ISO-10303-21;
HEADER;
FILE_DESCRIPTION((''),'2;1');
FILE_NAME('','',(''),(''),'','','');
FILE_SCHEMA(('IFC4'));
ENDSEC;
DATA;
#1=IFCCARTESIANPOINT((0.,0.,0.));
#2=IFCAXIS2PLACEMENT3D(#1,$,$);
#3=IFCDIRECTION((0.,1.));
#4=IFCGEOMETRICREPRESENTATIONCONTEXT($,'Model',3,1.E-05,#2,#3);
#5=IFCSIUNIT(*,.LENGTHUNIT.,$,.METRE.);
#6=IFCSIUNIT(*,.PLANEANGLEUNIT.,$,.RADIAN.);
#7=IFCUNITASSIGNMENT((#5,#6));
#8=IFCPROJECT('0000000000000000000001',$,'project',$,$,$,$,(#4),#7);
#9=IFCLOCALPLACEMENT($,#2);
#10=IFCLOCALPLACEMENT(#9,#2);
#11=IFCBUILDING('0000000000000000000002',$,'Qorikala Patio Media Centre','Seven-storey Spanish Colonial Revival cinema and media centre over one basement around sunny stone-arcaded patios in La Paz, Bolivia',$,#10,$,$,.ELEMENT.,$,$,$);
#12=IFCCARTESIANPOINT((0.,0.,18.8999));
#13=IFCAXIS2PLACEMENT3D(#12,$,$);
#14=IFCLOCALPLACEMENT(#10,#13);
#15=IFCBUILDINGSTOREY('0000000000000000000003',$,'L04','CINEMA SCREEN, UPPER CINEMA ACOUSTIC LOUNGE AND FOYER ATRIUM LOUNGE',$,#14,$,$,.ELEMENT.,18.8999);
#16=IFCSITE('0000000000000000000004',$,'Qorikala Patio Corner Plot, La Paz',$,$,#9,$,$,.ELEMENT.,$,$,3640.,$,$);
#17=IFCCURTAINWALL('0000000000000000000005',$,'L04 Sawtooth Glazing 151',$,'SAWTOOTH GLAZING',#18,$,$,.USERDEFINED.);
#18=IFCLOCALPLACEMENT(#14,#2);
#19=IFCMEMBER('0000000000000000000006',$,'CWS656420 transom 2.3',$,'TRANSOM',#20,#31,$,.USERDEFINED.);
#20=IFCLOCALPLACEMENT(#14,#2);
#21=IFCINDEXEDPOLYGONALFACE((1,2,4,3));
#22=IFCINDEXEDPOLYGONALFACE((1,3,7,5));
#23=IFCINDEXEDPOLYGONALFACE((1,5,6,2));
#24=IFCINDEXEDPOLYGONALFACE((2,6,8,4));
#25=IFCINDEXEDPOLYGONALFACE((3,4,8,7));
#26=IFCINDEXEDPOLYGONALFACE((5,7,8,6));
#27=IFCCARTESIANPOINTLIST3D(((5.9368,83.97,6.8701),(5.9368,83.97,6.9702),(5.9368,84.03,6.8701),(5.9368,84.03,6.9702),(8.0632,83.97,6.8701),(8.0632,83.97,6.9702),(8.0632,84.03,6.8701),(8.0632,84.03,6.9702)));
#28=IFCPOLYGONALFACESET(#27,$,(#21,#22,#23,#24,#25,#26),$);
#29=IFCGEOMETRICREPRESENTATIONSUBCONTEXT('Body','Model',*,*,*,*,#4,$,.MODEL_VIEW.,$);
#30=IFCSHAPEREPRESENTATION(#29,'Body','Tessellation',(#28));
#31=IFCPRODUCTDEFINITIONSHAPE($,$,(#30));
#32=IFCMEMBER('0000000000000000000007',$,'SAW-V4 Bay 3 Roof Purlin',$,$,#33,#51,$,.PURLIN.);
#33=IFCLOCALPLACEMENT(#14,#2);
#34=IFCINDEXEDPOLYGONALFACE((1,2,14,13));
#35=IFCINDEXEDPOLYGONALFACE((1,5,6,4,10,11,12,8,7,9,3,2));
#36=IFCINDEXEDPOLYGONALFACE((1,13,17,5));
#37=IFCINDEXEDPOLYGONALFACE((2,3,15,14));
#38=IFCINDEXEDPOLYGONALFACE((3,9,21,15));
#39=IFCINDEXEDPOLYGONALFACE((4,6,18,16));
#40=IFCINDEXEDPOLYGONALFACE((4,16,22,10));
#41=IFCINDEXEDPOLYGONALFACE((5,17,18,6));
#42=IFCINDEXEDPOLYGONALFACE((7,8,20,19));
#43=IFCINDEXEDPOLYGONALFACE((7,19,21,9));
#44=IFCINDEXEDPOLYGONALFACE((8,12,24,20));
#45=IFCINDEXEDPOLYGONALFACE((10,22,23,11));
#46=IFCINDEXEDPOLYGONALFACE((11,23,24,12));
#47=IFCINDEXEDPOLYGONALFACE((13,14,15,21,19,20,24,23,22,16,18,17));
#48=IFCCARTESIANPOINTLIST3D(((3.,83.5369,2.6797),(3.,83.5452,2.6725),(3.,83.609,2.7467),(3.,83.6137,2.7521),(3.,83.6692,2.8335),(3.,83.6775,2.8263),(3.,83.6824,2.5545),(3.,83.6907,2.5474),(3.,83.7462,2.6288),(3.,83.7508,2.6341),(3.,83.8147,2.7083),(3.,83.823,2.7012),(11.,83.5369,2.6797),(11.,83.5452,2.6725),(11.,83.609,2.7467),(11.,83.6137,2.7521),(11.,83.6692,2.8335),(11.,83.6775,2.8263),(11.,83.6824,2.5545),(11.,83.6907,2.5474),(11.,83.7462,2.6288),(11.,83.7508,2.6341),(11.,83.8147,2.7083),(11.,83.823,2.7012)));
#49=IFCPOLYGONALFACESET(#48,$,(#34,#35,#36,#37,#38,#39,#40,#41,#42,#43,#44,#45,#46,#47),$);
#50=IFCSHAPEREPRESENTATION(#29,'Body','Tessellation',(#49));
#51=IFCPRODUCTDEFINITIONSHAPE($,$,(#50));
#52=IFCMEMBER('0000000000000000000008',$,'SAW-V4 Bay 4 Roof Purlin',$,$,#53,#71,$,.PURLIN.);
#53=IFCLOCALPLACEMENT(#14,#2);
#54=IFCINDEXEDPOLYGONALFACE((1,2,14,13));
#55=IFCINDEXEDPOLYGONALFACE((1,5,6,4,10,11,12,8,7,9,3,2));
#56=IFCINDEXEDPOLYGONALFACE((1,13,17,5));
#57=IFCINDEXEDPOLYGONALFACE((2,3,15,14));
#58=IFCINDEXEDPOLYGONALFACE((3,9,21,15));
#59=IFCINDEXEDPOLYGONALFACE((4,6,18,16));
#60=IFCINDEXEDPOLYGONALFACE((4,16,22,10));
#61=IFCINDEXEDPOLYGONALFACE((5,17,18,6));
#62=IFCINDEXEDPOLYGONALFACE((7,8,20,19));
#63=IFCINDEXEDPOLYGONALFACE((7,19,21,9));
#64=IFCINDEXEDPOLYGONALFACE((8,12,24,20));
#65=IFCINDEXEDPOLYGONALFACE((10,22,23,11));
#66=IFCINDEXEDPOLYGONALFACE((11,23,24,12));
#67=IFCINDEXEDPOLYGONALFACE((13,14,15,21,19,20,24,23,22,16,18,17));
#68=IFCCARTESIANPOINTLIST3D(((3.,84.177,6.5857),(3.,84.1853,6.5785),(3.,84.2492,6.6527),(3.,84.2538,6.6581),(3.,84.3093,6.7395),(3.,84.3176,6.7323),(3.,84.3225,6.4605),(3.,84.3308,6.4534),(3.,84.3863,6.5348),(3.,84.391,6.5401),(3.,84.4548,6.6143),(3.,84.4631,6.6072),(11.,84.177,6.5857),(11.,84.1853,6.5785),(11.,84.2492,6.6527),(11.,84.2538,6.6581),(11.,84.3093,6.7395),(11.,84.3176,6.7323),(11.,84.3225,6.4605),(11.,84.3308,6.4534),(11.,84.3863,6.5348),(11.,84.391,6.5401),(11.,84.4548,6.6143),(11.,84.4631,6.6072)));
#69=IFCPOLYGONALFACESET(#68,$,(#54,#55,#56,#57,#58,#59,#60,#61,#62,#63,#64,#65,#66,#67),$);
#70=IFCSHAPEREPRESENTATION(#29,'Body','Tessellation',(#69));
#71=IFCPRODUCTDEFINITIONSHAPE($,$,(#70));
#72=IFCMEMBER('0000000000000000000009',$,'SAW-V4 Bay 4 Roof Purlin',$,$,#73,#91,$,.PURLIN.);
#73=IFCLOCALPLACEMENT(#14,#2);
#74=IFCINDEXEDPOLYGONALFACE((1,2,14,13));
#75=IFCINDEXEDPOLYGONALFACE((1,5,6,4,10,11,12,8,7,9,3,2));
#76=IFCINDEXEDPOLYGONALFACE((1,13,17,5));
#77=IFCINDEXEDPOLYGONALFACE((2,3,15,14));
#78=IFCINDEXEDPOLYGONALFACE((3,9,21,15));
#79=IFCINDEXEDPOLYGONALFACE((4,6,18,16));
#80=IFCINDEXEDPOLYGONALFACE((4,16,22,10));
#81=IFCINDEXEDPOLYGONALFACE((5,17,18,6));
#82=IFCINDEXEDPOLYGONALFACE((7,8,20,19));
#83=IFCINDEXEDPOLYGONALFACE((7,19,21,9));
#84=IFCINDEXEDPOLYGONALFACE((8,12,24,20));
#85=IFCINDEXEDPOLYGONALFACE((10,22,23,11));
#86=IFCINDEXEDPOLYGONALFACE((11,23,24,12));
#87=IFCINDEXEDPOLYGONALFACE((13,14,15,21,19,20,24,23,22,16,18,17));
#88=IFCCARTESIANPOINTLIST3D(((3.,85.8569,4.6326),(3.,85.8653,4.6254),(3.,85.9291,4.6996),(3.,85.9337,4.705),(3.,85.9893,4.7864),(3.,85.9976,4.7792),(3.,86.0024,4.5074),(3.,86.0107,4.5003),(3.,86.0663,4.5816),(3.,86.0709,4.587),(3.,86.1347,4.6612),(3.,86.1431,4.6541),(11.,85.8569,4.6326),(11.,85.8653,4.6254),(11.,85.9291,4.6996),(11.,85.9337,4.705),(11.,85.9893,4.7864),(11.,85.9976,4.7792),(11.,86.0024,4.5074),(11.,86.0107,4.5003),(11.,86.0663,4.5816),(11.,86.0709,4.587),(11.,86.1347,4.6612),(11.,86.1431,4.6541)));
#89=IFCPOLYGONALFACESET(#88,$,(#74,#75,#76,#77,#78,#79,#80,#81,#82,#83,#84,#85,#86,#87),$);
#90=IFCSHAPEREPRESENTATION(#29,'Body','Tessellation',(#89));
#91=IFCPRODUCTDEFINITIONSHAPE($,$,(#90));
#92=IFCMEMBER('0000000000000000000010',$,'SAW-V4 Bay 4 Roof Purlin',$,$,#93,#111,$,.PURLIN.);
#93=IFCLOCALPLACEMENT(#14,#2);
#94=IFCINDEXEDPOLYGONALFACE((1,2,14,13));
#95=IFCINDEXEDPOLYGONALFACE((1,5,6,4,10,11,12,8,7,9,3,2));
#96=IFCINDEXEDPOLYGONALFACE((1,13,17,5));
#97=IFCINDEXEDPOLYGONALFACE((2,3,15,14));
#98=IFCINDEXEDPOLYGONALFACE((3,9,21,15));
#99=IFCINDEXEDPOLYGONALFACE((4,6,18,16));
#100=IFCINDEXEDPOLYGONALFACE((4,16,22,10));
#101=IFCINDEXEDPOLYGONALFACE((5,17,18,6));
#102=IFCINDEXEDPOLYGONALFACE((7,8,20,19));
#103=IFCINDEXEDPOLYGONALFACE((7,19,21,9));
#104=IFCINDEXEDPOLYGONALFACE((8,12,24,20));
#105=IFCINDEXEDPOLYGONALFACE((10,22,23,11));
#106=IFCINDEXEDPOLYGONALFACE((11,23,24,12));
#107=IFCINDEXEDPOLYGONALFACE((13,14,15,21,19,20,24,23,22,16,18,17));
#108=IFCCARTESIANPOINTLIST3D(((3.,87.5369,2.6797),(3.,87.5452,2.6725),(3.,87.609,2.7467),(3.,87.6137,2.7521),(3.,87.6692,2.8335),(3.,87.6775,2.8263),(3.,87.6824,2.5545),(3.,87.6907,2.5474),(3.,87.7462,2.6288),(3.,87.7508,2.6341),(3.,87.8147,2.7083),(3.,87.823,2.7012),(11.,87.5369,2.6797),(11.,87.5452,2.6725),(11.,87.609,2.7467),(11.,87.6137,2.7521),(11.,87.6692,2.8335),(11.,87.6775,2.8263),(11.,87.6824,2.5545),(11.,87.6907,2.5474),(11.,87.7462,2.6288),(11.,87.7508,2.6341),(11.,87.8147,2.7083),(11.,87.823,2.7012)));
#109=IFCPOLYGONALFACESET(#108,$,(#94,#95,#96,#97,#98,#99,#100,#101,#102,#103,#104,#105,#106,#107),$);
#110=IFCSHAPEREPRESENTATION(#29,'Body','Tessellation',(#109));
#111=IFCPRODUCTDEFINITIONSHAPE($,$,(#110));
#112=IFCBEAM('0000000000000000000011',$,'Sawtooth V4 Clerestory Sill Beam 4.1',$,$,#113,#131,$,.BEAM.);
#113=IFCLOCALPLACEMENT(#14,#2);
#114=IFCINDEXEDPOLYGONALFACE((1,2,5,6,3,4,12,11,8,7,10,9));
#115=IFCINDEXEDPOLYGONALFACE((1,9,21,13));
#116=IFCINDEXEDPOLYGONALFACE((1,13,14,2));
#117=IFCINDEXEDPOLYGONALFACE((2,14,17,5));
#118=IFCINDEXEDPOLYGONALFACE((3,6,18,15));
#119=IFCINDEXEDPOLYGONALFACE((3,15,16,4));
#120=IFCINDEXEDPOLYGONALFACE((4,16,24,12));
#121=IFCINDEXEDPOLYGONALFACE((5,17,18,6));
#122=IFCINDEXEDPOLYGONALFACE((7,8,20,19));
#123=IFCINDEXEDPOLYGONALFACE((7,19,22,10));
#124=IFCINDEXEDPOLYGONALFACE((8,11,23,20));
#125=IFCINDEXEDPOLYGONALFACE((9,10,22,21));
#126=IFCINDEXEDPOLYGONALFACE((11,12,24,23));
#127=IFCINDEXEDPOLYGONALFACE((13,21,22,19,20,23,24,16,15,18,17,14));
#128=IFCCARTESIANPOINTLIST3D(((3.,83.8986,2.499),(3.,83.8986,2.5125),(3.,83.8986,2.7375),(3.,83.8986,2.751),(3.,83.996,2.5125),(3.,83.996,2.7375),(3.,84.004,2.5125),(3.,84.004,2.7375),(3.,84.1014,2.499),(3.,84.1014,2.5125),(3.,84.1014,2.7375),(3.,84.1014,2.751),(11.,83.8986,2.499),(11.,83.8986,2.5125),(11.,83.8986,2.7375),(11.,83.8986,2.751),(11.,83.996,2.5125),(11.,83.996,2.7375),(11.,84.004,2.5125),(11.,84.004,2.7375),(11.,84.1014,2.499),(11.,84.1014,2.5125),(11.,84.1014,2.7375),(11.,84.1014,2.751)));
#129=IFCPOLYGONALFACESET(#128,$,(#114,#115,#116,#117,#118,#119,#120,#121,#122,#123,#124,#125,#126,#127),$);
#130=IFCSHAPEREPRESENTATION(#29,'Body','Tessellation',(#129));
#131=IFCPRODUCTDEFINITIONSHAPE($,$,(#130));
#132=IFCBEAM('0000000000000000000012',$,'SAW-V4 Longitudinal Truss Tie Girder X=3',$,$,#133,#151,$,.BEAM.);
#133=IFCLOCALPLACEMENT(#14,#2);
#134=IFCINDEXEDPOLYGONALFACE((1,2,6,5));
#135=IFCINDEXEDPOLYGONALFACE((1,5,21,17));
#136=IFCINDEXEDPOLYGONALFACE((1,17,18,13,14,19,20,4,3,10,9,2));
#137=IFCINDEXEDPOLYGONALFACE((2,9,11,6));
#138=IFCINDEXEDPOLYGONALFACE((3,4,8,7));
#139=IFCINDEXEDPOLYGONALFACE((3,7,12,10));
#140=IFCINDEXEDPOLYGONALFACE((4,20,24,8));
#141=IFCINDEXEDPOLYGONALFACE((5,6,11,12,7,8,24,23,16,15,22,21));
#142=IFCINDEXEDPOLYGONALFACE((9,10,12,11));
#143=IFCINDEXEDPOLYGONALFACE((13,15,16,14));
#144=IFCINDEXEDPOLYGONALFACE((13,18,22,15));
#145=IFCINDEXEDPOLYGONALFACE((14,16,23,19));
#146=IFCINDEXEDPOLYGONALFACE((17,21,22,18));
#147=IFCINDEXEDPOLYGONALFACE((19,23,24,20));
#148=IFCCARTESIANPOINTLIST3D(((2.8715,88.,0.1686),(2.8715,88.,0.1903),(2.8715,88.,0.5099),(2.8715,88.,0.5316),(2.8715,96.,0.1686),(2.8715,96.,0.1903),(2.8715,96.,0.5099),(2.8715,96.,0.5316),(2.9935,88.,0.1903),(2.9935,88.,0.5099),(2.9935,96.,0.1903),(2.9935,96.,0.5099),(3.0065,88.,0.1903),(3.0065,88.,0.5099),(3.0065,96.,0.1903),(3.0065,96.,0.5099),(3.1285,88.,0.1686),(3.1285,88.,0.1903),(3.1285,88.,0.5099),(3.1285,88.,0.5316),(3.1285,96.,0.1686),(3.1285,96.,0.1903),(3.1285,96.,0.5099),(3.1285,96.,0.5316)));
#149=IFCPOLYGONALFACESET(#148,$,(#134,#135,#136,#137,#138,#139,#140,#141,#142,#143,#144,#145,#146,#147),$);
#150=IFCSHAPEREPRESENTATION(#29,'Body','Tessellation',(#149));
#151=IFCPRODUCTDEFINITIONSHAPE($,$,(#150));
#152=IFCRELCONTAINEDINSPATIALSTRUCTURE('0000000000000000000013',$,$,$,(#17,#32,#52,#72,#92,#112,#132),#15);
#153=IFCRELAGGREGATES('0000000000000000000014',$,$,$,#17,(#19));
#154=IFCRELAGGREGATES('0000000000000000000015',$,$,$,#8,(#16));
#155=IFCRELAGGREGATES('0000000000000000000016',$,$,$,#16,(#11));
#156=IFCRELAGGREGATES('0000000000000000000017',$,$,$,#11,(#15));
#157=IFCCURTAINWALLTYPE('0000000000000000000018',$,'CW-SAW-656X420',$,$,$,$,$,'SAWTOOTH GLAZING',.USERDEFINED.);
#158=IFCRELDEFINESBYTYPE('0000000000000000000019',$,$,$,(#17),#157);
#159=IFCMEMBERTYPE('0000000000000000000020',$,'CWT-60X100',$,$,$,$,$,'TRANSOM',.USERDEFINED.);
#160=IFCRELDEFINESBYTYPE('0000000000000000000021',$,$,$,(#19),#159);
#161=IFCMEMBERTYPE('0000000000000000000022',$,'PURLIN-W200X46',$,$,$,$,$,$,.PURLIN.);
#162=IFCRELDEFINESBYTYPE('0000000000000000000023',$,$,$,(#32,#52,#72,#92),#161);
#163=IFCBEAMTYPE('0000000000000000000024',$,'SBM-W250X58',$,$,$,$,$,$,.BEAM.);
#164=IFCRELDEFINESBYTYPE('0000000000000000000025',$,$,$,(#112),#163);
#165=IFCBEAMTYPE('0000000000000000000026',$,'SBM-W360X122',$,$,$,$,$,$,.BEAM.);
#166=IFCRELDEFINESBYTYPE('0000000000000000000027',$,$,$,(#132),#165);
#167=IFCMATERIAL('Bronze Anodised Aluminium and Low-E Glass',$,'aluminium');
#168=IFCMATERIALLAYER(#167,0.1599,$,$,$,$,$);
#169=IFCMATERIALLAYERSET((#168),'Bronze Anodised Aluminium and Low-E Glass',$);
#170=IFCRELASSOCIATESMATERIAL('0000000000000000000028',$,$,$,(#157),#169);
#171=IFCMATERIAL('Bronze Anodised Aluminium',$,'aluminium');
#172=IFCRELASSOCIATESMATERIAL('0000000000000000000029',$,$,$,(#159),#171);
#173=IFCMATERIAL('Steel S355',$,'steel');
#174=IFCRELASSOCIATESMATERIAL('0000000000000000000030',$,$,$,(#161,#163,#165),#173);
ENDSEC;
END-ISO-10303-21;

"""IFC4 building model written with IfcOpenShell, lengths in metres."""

from ifc_helpers import new_model, si_unit, direction, frame, origin, origin_2d, place, context, subcontext, project, spatial, rectangle, i_section, extrude, material, layer, layer_set, material_profile, profile_set, type_object, element, aggregate, save


model = new_model("IFC4")

# Units and contexts
model_context = context("Model", 3, precision=1e-05, world=origin(), true_north=direction((0.0, 1.0)))
body_context = subcontext(model_context, "Body", "Model", "MODEL_VIEW")
ifc_project = project(units=[si_unit("LENGTHUNIT", "METRE"), si_unit("PLANEANGLEUNIT", "RADIAN")], contexts=[model_context])

# Site, building, storey
site_placement = place(None, origin())
site = spatial("IfcSite", under=ifc_project, at=site_placement, Name="Qorikala Patio Corner Plot, La Paz", CompositionType="ELEMENT", RefElevation=3640.0)
building_placement = place(site_placement, origin())
building = spatial("IfcBuilding", under=site, at=building_placement, Name="Qorikala Patio Media Centre", Description="Seven-storey Spanish Colonial Revival cinema and media centre over one basement around sunny stone-arcaded patios in La Paz, Bolivia", CompositionType="ELEMENT")
storey_placement = place(building_placement, frame((0.0, 0.0, 18.8999)))
storey = spatial("IfcBuildingStorey", under=building, at=storey_placement, Name="L04", Description="CINEMA SCREEN, UPPER CINEMA ACOUSTIC LOUNGE AND FOYER ATRIUM LOUNGE", CompositionType="ELEMENT", Elevation=18.8999)

# Shared definitions
ifc_material_1 = material(Name="Steel S355", Category="steel")

# Curtain wall, member
ifc_material_2 = material(Name="Bronze Anodised Aluminium and Low-E Glass", Category="aluminium")
ifc_layer_1 = layer(ifc_material_2, 0.1599)
ifc_layer_set_1 = layer_set([ifc_layer_1], Name="Bronze Anodised Aluminium and Low-E Glass")
curtain_wall_type = type_object("IfcCurtainWallType", Name="CW-SAW-656X420", ElementType="SAWTOOTH GLAZING", PredefinedType="USERDEFINED", material=ifc_layer_set_1)
curtain_wall_placement = place(storey_placement, origin())
curtain_wall = element("IfcCurtainWall", 1, at=curtain_wall_placement, inside=storey, type_object=curtain_wall_type, Name="L04 Sawtooth Glazing 151", ObjectType="SAWTOOTH GLAZING", PredefinedType="USERDEFINED")
ifc_material_3 = material(Name="Bronze Anodised Aluminium", Category="aluminium")
ifc_material_profile_1 = material_profile(ifc_material_3, rectangle(XDim=0.0601, YDim=0.1001, at=origin_2d()), Name="ALU TRANSOM 60x100")
ifc_profile_set_1 = profile_set([ifc_material_profile_1], Name="Bronze Anodised Aluminium")
member_type_1 = type_object("IfcMemberType", Name="CWT-60X100", ElementType="TRANSOM", PredefinedType="USERDEFINED", material=ifc_profile_set_1)
member_1_placement = place(storey_placement, frame((5.9368, 84.0, 6.9202), z_axis=(1.0, 0.0, 0.0), x_axis=(0.0, 1.0, 0.0)))
member_1 = element("IfcMember", 2, at=member_1_placement, type_object=member_type_1, Name="CWS656420 transom 2.3", ObjectType="TRANSOM", PredefinedType="USERDEFINED", context=body_context, shape_type="SweptSolid", body=[
    extrude(rectangle(XDim=0.0601, YDim=0.1001, at=origin_2d()), origin(), (0.0, 0.0, 1.0), 2.1265),
])

# Members
ifc_material_profile_2 = material_profile(ifc_material_1, i_section(OverallWidth=0.2029, OverallDepth=0.2029, WebThickness=0.0071, FlangeThickness=0.011, at=origin_2d()), Name="W200X46")
ifc_profile_set_2 = profile_set([ifc_material_profile_2], Name="Steel S355")
member_type_2 = type_object("IfcMemberType", Name="PURLIN-W200X46", PredefinedType="PURLIN", material=ifc_profile_set_2)
for number, where, z_axis, x_axis, name in (
    (3, (3.0, 83.6799, 2.6904), (1.0, 0.0, 0.0), (0.0, 0.652138, 0.7581), "SAW-V4 Bay 3 Roof Purlin"),
    (4, (3.0, 84.3201, 6.5964), (1.0, 0.0, 0.0), (0.0, 0.652138, 0.7581), "SAW-V4 Bay 4 Roof Purlin"),
    (5, (3.0, 86.0, 4.6433), (1.0, 0.0, 0.0), (0.0, 0.652138, 0.7581), "SAW-V4 Bay 4 Roof Purlin"),
    (6, (3.0, 87.6799, 2.6904), (1.0, 0.0, 0.0), (0.0, 0.652138, 0.7581), "SAW-V4 Bay 4 Roof Purlin"),
):
    element("IfcMember", number, at=place(storey_placement, frame(where, z_axis=z_axis, x_axis=x_axis)), inside=storey, type_object=member_type_2, Name=name, PredefinedType="PURLIN", context=body_context, shape_type="SweptSolid", body=[
        extrude(i_section(OverallWidth=0.2029, OverallDepth=0.2029, WebThickness=0.0071, FlangeThickness=0.011, at=origin_2d()), origin(), (0.0, 0.0, 1.0), 8.0),
    ])

# Beams
ifc_material_profile_3 = material_profile(ifc_material_1, i_section(OverallWidth=0.2029, OverallDepth=0.252, WebThickness=0.0081, FlangeThickness=0.0134, at=origin_2d()), Name="W250X58")
ifc_profile_set_3 = profile_set([ifc_material_profile_3], Name="Steel S355")
beam_type_1 = type_object("IfcBeamType", Name="SBM-W250X58", PredefinedType="BEAM", material=ifc_profile_set_3)
beam_1_placement = place(storey_placement, frame((3.0, 84.0, 2.625), z_axis=(1.0, 0.0, 0.0), x_axis=(0.0, 1.0, 0.0)))
element("IfcBeam", 7, at=beam_1_placement, inside=storey, type_object=beam_type_1, Name="Sawtooth V4 Clerestory Sill Beam 4.1", PredefinedType="BEAM", context=body_context, shape_type="SweptSolid", body=[
    extrude(i_section(OverallWidth=0.2029, OverallDepth=0.252, WebThickness=0.0081, FlangeThickness=0.0134, at=origin_2d()), origin(), (0.0, 0.0, 1.0), 8.0),
])
ifc_material_profile_4 = material_profile(ifc_material_1, i_section(OverallWidth=0.2571, OverallDepth=0.363, WebThickness=0.0129, FlangeThickness=0.0217, at=origin_2d()), Name="W360X122")
ifc_profile_set_4 = profile_set([ifc_material_profile_4], Name="Steel S355")
beam_type_2 = type_object("IfcBeamType", Name="SBM-W360X122", PredefinedType="BEAM", material=ifc_profile_set_4)
beam_2_placement = place(storey_placement, frame((3.0, 88.0, 0.3501), z_axis=(0.0, 1.0, 0.0), x_axis=(-1.0, 0.0, 0.0)))
element("IfcBeam", 8, at=beam_2_placement, inside=storey, type_object=beam_type_2, Name="SAW-V4 Longitudinal Truss Tie Girder X=3", PredefinedType="BEAM", context=body_context, shape_type="SweptSolid", body=[
    extrude(i_section(OverallWidth=0.2571, OverallDepth=0.363, WebThickness=0.0129, FlangeThickness=0.0217, at=origin_2d()), origin(), (0.0, 0.0, 1.0), 8.0),
])

aggregate(curtain_wall, [member_1])

save(model, "model.ifc")
